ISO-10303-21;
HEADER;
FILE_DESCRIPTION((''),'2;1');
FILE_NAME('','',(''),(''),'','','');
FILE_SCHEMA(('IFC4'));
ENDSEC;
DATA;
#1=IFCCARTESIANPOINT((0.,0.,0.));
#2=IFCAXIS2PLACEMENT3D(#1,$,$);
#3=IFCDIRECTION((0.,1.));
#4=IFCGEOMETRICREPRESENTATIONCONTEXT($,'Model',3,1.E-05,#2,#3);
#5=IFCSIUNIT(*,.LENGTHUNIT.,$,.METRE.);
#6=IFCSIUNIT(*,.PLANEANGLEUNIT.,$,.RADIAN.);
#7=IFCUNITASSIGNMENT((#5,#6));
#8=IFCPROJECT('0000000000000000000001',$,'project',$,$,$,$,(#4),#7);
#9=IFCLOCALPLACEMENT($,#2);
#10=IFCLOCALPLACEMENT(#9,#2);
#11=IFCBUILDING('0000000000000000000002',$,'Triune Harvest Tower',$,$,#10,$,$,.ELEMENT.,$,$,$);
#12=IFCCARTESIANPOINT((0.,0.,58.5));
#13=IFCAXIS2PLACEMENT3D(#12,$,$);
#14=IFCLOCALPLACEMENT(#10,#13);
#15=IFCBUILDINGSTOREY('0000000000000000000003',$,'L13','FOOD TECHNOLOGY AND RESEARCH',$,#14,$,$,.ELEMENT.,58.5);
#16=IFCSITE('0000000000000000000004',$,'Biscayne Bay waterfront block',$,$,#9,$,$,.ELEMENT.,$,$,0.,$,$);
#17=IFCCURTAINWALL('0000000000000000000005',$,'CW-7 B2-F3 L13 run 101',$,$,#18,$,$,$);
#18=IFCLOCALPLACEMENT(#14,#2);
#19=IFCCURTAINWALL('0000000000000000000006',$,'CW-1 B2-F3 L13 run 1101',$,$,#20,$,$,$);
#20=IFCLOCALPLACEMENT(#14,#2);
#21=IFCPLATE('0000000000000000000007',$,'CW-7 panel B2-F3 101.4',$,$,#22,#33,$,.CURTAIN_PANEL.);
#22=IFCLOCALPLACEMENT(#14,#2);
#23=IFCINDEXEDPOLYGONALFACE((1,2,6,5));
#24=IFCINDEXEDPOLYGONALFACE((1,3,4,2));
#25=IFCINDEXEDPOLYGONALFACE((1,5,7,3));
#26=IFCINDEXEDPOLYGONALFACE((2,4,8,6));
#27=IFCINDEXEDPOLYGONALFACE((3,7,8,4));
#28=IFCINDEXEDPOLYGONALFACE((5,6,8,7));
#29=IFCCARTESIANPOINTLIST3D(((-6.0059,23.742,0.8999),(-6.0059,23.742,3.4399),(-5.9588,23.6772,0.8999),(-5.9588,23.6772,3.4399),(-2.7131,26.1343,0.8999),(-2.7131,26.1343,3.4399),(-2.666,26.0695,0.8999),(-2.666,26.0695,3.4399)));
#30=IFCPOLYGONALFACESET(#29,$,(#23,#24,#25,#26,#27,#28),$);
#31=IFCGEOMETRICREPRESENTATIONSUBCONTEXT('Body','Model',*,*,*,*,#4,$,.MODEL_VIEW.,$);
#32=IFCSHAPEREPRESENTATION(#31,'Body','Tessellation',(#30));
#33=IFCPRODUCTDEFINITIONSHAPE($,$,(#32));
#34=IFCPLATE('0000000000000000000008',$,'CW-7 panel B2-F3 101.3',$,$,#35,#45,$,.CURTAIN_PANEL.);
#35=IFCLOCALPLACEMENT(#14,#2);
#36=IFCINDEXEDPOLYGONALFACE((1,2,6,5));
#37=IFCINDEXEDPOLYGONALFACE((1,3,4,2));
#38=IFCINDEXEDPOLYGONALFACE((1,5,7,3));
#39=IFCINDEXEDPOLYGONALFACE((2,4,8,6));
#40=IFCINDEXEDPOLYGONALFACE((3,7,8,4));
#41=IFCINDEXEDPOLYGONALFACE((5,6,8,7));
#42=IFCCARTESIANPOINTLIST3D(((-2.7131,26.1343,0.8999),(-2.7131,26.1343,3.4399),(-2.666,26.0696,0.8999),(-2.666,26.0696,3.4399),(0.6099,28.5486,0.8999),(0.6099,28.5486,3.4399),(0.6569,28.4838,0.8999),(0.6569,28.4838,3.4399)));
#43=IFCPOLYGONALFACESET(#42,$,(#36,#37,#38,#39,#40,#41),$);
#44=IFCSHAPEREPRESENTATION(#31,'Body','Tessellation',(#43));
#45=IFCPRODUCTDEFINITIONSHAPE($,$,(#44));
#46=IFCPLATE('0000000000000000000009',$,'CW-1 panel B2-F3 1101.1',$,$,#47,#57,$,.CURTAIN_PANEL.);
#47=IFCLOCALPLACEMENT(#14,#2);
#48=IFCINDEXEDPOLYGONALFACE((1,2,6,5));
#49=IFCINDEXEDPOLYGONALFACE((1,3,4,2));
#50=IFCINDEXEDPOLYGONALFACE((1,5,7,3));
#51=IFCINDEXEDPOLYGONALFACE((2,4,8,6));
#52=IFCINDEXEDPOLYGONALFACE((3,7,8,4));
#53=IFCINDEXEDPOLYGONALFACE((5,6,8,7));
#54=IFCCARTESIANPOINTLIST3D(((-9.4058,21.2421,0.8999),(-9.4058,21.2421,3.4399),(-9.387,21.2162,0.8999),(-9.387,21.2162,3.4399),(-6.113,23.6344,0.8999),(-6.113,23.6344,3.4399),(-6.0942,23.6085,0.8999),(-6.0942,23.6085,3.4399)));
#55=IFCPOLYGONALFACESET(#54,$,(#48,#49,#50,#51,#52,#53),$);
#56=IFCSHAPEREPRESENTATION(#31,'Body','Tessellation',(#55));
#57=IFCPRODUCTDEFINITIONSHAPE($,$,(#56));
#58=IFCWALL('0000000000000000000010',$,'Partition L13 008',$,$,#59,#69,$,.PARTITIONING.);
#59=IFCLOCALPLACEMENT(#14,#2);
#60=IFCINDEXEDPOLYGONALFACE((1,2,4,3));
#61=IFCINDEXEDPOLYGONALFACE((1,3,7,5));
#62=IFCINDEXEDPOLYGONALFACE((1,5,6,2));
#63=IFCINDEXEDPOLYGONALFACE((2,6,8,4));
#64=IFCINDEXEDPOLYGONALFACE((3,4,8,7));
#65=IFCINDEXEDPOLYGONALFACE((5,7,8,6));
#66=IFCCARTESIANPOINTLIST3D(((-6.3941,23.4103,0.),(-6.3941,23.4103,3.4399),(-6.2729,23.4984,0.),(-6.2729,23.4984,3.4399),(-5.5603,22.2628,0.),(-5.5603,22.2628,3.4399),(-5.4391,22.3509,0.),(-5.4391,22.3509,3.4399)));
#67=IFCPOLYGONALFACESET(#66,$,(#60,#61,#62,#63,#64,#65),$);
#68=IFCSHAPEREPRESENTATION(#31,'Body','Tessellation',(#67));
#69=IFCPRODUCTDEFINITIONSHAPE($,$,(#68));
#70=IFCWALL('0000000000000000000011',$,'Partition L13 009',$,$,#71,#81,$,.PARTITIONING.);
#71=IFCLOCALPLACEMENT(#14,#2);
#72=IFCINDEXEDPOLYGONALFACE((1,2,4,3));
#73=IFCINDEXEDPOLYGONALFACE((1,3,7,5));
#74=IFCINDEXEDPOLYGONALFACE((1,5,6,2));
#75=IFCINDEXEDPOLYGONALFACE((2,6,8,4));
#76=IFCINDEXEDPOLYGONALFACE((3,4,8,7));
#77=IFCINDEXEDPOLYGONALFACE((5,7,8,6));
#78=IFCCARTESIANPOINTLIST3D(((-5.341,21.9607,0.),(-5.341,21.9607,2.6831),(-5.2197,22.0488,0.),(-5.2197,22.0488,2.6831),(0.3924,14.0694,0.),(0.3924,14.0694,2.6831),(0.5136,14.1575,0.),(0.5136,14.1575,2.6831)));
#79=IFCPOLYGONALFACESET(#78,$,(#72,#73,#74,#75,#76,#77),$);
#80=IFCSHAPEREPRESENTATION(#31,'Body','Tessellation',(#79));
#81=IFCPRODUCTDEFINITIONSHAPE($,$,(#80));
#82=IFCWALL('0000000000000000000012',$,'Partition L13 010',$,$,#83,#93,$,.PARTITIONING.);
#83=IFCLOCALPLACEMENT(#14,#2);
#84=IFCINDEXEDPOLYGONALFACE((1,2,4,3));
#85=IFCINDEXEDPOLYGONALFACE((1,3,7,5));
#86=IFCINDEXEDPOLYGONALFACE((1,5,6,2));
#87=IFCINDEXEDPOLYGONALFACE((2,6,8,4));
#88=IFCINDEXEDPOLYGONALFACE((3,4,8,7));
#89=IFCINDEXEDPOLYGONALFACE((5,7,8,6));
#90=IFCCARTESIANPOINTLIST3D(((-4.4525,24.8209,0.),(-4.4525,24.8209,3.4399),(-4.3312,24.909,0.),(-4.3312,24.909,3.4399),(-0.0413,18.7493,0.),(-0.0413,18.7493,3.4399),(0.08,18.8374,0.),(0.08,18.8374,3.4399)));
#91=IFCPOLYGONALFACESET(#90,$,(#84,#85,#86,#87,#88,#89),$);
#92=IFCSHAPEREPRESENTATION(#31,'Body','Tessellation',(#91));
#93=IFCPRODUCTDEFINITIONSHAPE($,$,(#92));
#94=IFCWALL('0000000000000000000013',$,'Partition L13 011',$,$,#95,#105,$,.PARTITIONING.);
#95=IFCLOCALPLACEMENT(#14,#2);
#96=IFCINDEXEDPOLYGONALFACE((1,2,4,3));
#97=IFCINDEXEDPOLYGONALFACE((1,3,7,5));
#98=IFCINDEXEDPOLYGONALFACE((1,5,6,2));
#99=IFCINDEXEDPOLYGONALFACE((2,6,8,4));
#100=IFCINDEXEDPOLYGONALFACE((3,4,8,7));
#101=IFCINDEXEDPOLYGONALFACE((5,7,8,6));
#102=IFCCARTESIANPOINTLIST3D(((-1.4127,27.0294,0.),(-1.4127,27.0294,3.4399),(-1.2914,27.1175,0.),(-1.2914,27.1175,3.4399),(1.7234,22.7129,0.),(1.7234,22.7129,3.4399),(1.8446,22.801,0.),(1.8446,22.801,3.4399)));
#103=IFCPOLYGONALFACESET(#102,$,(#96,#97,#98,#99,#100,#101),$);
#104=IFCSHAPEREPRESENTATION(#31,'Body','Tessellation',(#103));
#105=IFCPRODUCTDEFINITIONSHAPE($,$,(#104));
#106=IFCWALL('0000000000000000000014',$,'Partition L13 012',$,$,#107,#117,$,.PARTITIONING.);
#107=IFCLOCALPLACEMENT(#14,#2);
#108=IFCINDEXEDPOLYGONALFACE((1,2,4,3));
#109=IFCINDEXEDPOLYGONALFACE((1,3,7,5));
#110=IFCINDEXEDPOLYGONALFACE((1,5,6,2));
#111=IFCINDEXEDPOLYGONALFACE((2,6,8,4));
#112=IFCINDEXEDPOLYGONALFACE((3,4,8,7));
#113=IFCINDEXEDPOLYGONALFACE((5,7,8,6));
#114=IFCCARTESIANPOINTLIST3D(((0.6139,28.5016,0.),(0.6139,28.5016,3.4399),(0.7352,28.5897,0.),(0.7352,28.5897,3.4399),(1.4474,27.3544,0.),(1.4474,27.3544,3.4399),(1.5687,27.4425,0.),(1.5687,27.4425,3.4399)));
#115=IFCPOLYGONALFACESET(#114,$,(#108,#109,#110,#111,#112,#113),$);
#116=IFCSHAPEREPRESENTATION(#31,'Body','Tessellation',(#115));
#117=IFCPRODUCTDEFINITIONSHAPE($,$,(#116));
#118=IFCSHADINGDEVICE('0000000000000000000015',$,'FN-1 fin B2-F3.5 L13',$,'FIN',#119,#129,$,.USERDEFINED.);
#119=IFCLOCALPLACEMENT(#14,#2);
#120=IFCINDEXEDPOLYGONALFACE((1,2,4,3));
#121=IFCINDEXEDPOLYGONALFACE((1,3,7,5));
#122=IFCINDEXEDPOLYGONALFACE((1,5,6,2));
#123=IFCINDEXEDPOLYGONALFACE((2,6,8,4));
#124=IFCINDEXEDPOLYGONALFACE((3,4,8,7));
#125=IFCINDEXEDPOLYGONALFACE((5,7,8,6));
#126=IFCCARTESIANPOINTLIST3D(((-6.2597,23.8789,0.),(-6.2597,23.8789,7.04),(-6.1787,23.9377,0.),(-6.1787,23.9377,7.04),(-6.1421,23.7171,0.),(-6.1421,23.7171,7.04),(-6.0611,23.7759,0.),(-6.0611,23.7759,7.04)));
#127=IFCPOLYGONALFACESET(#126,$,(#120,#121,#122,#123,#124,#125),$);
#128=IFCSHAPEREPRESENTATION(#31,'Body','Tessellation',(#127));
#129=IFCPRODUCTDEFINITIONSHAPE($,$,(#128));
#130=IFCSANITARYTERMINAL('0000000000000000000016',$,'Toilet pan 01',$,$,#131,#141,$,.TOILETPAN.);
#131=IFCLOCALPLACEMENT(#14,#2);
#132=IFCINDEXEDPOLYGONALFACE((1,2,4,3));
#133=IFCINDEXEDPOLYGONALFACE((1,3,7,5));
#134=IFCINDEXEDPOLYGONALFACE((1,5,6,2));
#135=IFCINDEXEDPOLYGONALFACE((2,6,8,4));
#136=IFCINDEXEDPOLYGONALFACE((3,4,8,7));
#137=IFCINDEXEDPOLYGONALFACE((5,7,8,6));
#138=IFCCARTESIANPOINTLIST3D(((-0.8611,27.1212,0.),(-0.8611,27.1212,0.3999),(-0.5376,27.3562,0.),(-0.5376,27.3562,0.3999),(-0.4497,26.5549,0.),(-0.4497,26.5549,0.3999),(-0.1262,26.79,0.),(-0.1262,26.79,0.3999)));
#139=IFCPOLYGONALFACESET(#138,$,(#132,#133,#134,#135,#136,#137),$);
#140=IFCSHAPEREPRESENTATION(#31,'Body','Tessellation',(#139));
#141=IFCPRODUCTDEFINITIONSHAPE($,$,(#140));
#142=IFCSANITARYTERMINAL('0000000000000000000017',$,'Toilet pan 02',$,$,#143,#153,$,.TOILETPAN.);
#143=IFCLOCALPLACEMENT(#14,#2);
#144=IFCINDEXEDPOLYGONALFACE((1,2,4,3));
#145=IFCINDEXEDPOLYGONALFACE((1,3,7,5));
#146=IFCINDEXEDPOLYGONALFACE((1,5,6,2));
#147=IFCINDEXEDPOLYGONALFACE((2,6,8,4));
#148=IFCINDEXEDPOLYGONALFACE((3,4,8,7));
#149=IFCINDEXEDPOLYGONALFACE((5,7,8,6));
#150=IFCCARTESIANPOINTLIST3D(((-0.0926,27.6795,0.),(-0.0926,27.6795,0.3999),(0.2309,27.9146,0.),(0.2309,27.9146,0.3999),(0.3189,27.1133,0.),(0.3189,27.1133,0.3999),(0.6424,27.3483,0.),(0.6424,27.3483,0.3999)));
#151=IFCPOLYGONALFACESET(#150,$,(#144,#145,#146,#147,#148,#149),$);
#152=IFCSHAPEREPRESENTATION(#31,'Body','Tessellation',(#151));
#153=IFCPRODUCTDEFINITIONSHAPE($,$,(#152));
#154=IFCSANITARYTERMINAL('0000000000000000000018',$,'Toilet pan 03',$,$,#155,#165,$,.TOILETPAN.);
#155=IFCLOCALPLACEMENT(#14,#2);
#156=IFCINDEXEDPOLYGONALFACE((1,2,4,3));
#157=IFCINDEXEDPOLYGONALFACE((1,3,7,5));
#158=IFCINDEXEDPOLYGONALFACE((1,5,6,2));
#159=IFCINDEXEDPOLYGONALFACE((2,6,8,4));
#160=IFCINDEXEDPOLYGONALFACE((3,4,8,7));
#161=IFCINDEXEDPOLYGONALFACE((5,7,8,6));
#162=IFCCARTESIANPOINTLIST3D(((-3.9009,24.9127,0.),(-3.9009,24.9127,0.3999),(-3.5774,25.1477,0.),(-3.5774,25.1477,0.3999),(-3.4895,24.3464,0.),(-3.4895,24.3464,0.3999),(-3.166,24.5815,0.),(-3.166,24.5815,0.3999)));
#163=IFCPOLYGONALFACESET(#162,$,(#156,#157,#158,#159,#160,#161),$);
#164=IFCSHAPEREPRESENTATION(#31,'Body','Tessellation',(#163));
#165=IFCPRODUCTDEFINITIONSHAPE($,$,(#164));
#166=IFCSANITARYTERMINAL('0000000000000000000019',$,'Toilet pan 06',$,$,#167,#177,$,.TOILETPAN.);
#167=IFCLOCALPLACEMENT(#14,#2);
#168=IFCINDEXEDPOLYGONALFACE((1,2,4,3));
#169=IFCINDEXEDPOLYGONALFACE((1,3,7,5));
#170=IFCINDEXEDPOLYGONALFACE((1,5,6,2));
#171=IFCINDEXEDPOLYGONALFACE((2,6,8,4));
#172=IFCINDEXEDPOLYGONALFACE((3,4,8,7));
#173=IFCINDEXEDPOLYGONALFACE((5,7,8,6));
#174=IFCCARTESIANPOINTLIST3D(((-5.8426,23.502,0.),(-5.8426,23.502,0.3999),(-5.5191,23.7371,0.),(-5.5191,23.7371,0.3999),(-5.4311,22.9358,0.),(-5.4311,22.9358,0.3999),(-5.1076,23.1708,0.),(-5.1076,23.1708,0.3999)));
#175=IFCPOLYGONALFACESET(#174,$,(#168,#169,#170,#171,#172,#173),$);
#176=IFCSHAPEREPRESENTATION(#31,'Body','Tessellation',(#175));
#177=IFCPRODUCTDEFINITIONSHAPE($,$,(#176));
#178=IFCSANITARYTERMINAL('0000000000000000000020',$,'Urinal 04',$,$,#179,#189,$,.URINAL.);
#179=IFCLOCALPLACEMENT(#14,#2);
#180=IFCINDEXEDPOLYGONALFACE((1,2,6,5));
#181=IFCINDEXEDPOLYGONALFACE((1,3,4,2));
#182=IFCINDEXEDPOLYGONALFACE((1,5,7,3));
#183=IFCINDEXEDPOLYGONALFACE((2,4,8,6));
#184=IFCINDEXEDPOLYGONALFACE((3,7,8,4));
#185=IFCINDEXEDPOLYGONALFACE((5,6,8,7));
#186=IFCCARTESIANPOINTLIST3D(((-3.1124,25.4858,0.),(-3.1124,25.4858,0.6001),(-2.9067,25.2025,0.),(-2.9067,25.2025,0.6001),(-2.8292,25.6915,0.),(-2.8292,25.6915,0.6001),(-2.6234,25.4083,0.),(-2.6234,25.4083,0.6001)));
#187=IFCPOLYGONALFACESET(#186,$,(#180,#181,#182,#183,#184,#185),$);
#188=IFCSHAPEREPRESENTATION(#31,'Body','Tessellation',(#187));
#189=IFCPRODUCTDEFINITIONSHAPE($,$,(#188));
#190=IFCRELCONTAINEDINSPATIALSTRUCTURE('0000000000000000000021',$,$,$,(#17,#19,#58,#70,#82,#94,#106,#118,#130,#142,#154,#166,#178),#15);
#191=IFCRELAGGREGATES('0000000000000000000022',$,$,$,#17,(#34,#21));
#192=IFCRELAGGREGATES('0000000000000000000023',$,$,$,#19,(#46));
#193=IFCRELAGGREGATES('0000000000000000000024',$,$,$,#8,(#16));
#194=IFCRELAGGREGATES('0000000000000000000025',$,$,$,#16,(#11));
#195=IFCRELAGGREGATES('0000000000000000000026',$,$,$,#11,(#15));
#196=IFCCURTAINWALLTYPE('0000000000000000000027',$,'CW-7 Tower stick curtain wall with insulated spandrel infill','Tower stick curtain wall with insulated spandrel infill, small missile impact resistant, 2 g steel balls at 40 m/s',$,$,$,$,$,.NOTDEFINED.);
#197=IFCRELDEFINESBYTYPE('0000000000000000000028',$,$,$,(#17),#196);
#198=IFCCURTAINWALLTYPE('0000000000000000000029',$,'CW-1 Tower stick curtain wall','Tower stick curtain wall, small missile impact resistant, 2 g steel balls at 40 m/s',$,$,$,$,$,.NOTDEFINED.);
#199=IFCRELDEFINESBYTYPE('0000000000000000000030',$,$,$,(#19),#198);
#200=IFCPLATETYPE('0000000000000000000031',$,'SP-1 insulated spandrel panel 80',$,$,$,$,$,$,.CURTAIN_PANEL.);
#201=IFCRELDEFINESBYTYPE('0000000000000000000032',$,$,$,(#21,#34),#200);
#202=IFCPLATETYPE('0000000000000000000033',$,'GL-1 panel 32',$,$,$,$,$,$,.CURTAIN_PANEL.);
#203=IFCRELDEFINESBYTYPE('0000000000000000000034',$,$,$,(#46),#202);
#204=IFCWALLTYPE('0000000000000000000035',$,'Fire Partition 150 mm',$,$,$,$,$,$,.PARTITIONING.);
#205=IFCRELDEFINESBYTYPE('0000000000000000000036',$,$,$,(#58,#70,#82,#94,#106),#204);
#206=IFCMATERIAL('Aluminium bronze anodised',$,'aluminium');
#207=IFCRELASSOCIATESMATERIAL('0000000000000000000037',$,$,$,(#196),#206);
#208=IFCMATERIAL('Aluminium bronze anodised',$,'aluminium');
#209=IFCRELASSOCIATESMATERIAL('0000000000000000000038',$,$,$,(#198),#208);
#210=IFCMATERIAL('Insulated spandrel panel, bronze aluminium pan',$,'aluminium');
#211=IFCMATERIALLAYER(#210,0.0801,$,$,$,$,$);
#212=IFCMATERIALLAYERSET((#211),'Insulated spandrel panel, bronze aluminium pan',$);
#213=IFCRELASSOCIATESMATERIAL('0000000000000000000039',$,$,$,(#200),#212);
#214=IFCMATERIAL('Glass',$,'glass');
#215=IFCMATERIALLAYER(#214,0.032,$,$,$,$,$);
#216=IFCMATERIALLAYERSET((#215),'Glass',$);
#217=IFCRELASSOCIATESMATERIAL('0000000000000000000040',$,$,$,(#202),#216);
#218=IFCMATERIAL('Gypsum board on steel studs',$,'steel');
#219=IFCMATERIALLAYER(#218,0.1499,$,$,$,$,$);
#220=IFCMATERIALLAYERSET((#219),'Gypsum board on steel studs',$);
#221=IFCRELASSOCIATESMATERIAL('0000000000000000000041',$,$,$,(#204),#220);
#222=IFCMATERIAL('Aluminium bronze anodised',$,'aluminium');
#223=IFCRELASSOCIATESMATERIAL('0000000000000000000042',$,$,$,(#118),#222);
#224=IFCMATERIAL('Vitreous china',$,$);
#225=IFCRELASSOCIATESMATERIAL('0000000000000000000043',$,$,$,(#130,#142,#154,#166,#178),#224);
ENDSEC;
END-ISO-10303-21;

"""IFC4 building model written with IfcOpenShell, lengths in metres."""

from ifc_helpers import new_model, si_unit, direction, frame, frame_2d, origin, origin_2d, place, context, subcontext, project, spatial, rectangle, extrude, source, transform, mapped, material, layer, layer_set, type_object, element, aggregate, save


model = new_model("IFC4")

# Units and contexts
model_context = context("Model", 3, precision=1e-05, world=origin(), true_north=direction((0.0, 1.0)))
body_context = subcontext(model_context, "Body", "Model", "MODEL_VIEW")
ifc_project = project(units=[si_unit("LENGTHUNIT", "METRE"), si_unit("PLANEANGLEUNIT", "RADIAN")], contexts=[model_context])

# Site, building, storey
site_placement = place(None, origin())
site = spatial("IfcSite", under=ifc_project, at=site_placement, Name="Biscayne Bay waterfront block", CompositionType="ELEMENT", RefElevation=0.0)
building_placement = place(site_placement, origin())
building = spatial("IfcBuilding", under=site, at=building_placement, Name="Triune Harvest Tower", CompositionType="ELEMENT")
storey_placement = place(building_placement, frame((0.0, 0.0, 58.5)))
storey = spatial("IfcBuildingStorey", under=building, at=storey_placement, Name="L13", Description="FOOD TECHNOLOGY AND RESEARCH", CompositionType="ELEMENT", Elevation=58.5)

# Curtain wall
ifc_material_1 = material(Name="Aluminium bronze anodised", Category="aluminium")
curtain_wall_type_1 = type_object("IfcCurtainWallType", Name="CW-7 Tower stick curtain wall with insulated spandrel infill", Description="Tower stick curtain wall with insulated spandrel infill, small missile impact resistant, 2 g steel balls at 40 m/s", PredefinedType="NOTDEFINED", material=ifc_material_1)
curtain_wall_1_placement = place(storey_placement, origin())
curtain_wall_1 = element("IfcCurtainWall", 1, at=curtain_wall_1_placement, inside=storey, type_object=curtain_wall_type_1, Name="CW-7 B2-F3 L13 run 101")

# Curtain wall
ifc_material_2 = material(Name="Aluminium bronze anodised", Category="aluminium")
curtain_wall_type_2 = type_object("IfcCurtainWallType", Name="CW-1 Tower stick curtain wall", Description="Tower stick curtain wall, small missile impact resistant, 2 g steel balls at 40 m/s", PredefinedType="NOTDEFINED", material=ifc_material_2)
curtain_wall_2_placement = place(storey_placement, origin())
curtain_wall_2 = element("IfcCurtainWall", 2, at=curtain_wall_2_placement, inside=storey, type_object=curtain_wall_type_2, Name="CW-1 B2-F3 L13 run 1101")

# Plates
ifc_material_3 = material(Name="Insulated spandrel panel, bronze aluminium pan", Category="aluminium")
ifc_layer_1 = layer(ifc_material_3, 0.0801)
ifc_layer_set_1 = layer_set([ifc_layer_1], Name="Insulated spandrel panel, bronze aluminium pan")
plate_type_1 = type_object("IfcPlateType", Name="SP-1 insulated spandrel panel 80", PredefinedType="CURTAIN_PANEL", material=ifc_layer_set_1)
shared_shape_1 = source(origin(), body_context, "Body", "SweptSolid", [
    extrude(rectangle(XDim=4.0701, YDim=0.0801, at=origin_2d()), origin(), (0.0, 0.0, 1.0), 2.54),
])
plate_1_placement = place(storey_placement, frame((-4.3359, 24.9058, 0.8999), z_axis=(0.0, 0.0, 1.0), x_axis=(-0.809018, -0.587783, 0.0)))
plate_1 = element("IfcPlate", 3, at=plate_1_placement, type_object=plate_type_1, Name="CW-7 panel B2-F3 101.4", PredefinedType="CURTAIN_PANEL", context=body_context, shape_type="MappedRepresentation", body=[
    mapped(shared_shape_1, transform((0.0, 0.0, 0.0), scale=1.0)),
])
shared_shape_2 = source(origin(), body_context, "Body", "SweptSolid", [
    extrude(rectangle(XDim=4.1074, YDim=0.0801, at=origin_2d()), origin(), (0.0, 0.0, 1.0), 2.54),
])
plate_2_placement = place(storey_placement, frame((-1.0281, 27.3091, 0.8999), z_axis=(0.0, 0.0, 1.0), x_axis=(-0.809018, -0.587783, 0.0)))
plate_2 = element("IfcPlate", 4, at=plate_2_placement, type_object=plate_type_1, Name="CW-7 panel B2-F3 101.3", PredefinedType="CURTAIN_PANEL", context=body_context, shape_type="MappedRepresentation", body=[
    mapped(shared_shape_2, transform((0.0, 0.0, 0.0), scale=1.0)),
])
aggregate(curtain_wall_1, [plate_2, plate_1])
ifc_material_4 = material(Name="Glass", Category="glass")
ifc_layer_2 = layer(ifc_material_4, 0.032)
ifc_layer_set_2 = layer_set([ifc_layer_2], Name="Glass")
plate_type_2 = type_object("IfcPlateType", Name="GL-1 panel 32", PredefinedType="CURTAIN_PANEL", material=ifc_layer_set_2)
shared_shape_3 = source(origin(), body_context, "Body", "SweptSolid", [
    extrude(rectangle(XDim=4.0701, YDim=0.032, at=origin_2d()), origin(), (0.0, 0.0, 1.0), 2.54),
])
plate_3_placement = place(storey_placement, frame((-7.75, 22.4253, 0.8999), z_axis=(0.0, 0.0, 1.0), x_axis=(-0.809017, -0.587785, 0.0)))
plate_3 = element("IfcPlate", 5, at=plate_3_placement, type_object=plate_type_2, Name="CW-1 panel B2-F3 1101.1", PredefinedType="CURTAIN_PANEL", context=body_context, shape_type="MappedRepresentation", body=[
    mapped(shared_shape_3, transform((0.0, 0.0, 0.0), scale=1.0)),
])
aggregate(curtain_wall_2, [plate_3])

# Walls
ifc_material_5 = material(Name="Gypsum board on steel studs", Category="steel")
ifc_layer_3 = layer(ifc_material_5, 0.1499)
ifc_layer_set_3 = layer_set([ifc_layer_3], Name="Gypsum board on steel studs")
wall_type = type_object("IfcWallType", Name="Fire Partition 150 mm", PredefinedType="PARTITIONING", material=ifc_layer_set_3)
shared_shape_4 = source(origin(), body_context, "Body", "SweptSolid", [
    extrude(rectangle(XDim=1.4185, YDim=0.1499, at=frame_2d((0.7092, 0.0))), origin(), (0.0, 0.0, 1.0), 3.4399),
])
wall_1_placement = place(storey_placement, frame((-6.3335, 23.4543, 0.0), z_axis=(0.0, 0.0, 1.0), x_axis=(0.587813, -0.808997, 0.0)))
element("IfcWall", 6, at=wall_1_placement, inside=storey, type_object=wall_type, Name="Partition L13 008", PredefinedType="PARTITIONING", context=body_context, shape_type="MappedRepresentation", body=[
    mapped(shared_shape_4, transform((0.0, 0.0, 0.0), scale=1.0)),
])
shared_shape_5 = source(origin(), body_context, "Body", "SweptSolid", [
    extrude(rectangle(XDim=9.7542, YDim=0.1499, at=frame_2d((4.877, 0.0))), origin(), (0.0, 0.0, 1.0), 2.6831),
])
wall_2_placement = place(storey_placement, frame((-5.2803, 22.0046, 0.0), z_axis=(0.0, 0.0, 1.0), x_axis=(0.587785, -0.809017, 0.0)))
element("IfcWall", 7, at=wall_2_placement, inside=storey, type_object=wall_type, Name="Partition L13 009", PredefinedType="PARTITIONING", context=body_context, shape_type="MappedRepresentation", body=[
    mapped(shared_shape_5, transform((0.0, 0.0, 0.0), scale=1.0)),
])
shared_shape_6 = source(origin(), body_context, "Body", "SweptSolid", [
    extrude(rectangle(XDim=7.5049, YDim=0.1499, at=frame_2d((3.7524, 0.0))), origin(), (0.0, 0.0, 1.0), 3.4399),
])
wall_3_placement = place(storey_placement, frame((-4.3918, 24.865, 0.0), z_axis=(0.0, 0.0, 1.0), x_axis=(0.587777, -0.809023, 0.0)))
element("IfcWall", 8, at=wall_3_placement, inside=storey, type_object=wall_type, Name="Partition L13 010", PredefinedType="PARTITIONING", context=body_context, shape_type="MappedRepresentation", body=[
    mapped(shared_shape_6, transform((0.0, 0.0, 0.0), scale=1.0)),
])
shared_shape_7 = source(origin(), body_context, "Body", "SweptSolid", [
    extrude(rectangle(XDim=5.3354, YDim=0.1499, at=frame_2d((2.6677, 0.0))), origin(), (0.0, 0.0, 1.0), 3.4399),
])
wall_4_placement = place(storey_placement, frame((-1.3521, 27.0735, 0.0), z_axis=(0.0, 0.0, 1.0), x_axis=(0.587777, -0.809023, 0.0)))
element("IfcWall", 9, at=wall_4_placement, inside=storey, type_object=wall_type, Name="Partition L13 011", PredefinedType="PARTITIONING", context=body_context, shape_type="MappedRepresentation", body=[
    mapped(shared_shape_7, transform((0.0, 0.0, 0.0), scale=1.0)),
])
shared_shape_8 = source(origin(), body_context, "Body", "SweptSolid", [
    extrude(rectangle(XDim=1.418, YDim=0.1499, at=frame_2d((0.709, 0.0))), origin(), (0.0, 0.0, 1.0), 3.4399),
])
wall_5_placement = place(storey_placement, frame((0.6746, 28.5457, 0.0), z_axis=(0.0, 0.0, 1.0), x_axis=(0.587783, -0.809019, 0.0)))
element("IfcWall", 10, at=wall_5_placement, inside=storey, type_object=wall_type, Name="Partition L13 012", PredefinedType="PARTITIONING", context=body_context, shape_type="MappedRepresentation", body=[
    mapped(shared_shape_8, transform((0.0, 0.0, 0.0), scale=1.0)),
])

# Shading device
ifc_material_6 = material(Name="Aluminium bronze anodised", Category="aluminium")
shared_shape_9 = source(origin(), body_context, "Body", "SweptSolid", [
    extrude(rectangle(XDim=0.1001, YDim=0.2, at=origin_2d()), origin(), (0.0, 0.0, 1.0), 7.04),
])
shading_device_placement = place(storey_placement, frame((-6.1604, 23.8274, 0.0), z_axis=(0.0, 0.0, 1.0), x_axis=(-0.809017, -0.587785, 0.0)))
element("IfcShadingDevice", 11, at=shading_device_placement, inside=storey, material=ifc_material_6, Name="FN-1 fin B2-F3.5 L13", ObjectType="FIN", PredefinedType="USERDEFINED", context=body_context, shape_type="MappedRepresentation", body=[
    mapped(shared_shape_9, transform((0.0, 0.0, 0.0), scale=1.0)),
])

# Sanitary terminals
ifc_material_7 = material(Name="Vitreous china")
shared_shape_10 = source(origin(), body_context, "Body", "SweptSolid", [
    extrude(rectangle(XDim=0.3999, YDim=0.7, at=origin_2d()), origin(), (0.0, 0.0, 1.0), 0.3999),
])
for number, where, z_axis, x_axis, name in (
    (12, (-0.4937, 26.9556, 0.0), (0.0, 0.0, 1.0), (0.809007, 0.587799, 0.0), "Toilet pan 01"),
    (13, (0.2749, 27.5139, 0.0), (0.0, 0.0, 1.0), (0.809007, 0.587799, 0.0), "Toilet pan 02"),
    (14, (-3.5334, 24.7471, 0.0), (0.0, 0.0, 1.0), (0.809027, 0.587771, 0.0), "Toilet pan 03"),
    (15, (-5.4751, 23.3364, 0.0), (0.0, 0.0, 1.0), (0.809007, 0.587799, 0.0), "Toilet pan 06"),
):
    element("IfcSanitaryTerminal", number, at=place(storey_placement, frame(where, z_axis=z_axis, x_axis=x_axis)), inside=storey, material=ifc_material_7, Name=name, PredefinedType="TOILETPAN", context=body_context, shape_type="MappedRepresentation", body=[
        mapped(shared_shape_10, transform((0.0, 0.0, 0.0), scale=1.0)),
    ])
shared_shape_11 = source(origin(), body_context, "Body", "SweptSolid", [
    extrude(rectangle(XDim=0.3501, YDim=0.3501, at=origin_2d()), origin(), (0.0, 0.0, 1.0), 0.6001),
])
sanitary_terminal_placement = place(storey_placement, frame((-2.8679, 25.447, 0.0), z_axis=(0.0, 0.0, 1.0), x_axis=(0.809027, 0.587771, 0.0)))
element("IfcSanitaryTerminal", 16, at=sanitary_terminal_placement, inside=storey, material=ifc_material_7, Name="Urinal 04", PredefinedType="URINAL", context=body_context, shape_type="MappedRepresentation", body=[
    mapped(shared_shape_11, transform((0.0, 0.0, 0.0), scale=1.0)),
])

save(model, "model.ifc")
